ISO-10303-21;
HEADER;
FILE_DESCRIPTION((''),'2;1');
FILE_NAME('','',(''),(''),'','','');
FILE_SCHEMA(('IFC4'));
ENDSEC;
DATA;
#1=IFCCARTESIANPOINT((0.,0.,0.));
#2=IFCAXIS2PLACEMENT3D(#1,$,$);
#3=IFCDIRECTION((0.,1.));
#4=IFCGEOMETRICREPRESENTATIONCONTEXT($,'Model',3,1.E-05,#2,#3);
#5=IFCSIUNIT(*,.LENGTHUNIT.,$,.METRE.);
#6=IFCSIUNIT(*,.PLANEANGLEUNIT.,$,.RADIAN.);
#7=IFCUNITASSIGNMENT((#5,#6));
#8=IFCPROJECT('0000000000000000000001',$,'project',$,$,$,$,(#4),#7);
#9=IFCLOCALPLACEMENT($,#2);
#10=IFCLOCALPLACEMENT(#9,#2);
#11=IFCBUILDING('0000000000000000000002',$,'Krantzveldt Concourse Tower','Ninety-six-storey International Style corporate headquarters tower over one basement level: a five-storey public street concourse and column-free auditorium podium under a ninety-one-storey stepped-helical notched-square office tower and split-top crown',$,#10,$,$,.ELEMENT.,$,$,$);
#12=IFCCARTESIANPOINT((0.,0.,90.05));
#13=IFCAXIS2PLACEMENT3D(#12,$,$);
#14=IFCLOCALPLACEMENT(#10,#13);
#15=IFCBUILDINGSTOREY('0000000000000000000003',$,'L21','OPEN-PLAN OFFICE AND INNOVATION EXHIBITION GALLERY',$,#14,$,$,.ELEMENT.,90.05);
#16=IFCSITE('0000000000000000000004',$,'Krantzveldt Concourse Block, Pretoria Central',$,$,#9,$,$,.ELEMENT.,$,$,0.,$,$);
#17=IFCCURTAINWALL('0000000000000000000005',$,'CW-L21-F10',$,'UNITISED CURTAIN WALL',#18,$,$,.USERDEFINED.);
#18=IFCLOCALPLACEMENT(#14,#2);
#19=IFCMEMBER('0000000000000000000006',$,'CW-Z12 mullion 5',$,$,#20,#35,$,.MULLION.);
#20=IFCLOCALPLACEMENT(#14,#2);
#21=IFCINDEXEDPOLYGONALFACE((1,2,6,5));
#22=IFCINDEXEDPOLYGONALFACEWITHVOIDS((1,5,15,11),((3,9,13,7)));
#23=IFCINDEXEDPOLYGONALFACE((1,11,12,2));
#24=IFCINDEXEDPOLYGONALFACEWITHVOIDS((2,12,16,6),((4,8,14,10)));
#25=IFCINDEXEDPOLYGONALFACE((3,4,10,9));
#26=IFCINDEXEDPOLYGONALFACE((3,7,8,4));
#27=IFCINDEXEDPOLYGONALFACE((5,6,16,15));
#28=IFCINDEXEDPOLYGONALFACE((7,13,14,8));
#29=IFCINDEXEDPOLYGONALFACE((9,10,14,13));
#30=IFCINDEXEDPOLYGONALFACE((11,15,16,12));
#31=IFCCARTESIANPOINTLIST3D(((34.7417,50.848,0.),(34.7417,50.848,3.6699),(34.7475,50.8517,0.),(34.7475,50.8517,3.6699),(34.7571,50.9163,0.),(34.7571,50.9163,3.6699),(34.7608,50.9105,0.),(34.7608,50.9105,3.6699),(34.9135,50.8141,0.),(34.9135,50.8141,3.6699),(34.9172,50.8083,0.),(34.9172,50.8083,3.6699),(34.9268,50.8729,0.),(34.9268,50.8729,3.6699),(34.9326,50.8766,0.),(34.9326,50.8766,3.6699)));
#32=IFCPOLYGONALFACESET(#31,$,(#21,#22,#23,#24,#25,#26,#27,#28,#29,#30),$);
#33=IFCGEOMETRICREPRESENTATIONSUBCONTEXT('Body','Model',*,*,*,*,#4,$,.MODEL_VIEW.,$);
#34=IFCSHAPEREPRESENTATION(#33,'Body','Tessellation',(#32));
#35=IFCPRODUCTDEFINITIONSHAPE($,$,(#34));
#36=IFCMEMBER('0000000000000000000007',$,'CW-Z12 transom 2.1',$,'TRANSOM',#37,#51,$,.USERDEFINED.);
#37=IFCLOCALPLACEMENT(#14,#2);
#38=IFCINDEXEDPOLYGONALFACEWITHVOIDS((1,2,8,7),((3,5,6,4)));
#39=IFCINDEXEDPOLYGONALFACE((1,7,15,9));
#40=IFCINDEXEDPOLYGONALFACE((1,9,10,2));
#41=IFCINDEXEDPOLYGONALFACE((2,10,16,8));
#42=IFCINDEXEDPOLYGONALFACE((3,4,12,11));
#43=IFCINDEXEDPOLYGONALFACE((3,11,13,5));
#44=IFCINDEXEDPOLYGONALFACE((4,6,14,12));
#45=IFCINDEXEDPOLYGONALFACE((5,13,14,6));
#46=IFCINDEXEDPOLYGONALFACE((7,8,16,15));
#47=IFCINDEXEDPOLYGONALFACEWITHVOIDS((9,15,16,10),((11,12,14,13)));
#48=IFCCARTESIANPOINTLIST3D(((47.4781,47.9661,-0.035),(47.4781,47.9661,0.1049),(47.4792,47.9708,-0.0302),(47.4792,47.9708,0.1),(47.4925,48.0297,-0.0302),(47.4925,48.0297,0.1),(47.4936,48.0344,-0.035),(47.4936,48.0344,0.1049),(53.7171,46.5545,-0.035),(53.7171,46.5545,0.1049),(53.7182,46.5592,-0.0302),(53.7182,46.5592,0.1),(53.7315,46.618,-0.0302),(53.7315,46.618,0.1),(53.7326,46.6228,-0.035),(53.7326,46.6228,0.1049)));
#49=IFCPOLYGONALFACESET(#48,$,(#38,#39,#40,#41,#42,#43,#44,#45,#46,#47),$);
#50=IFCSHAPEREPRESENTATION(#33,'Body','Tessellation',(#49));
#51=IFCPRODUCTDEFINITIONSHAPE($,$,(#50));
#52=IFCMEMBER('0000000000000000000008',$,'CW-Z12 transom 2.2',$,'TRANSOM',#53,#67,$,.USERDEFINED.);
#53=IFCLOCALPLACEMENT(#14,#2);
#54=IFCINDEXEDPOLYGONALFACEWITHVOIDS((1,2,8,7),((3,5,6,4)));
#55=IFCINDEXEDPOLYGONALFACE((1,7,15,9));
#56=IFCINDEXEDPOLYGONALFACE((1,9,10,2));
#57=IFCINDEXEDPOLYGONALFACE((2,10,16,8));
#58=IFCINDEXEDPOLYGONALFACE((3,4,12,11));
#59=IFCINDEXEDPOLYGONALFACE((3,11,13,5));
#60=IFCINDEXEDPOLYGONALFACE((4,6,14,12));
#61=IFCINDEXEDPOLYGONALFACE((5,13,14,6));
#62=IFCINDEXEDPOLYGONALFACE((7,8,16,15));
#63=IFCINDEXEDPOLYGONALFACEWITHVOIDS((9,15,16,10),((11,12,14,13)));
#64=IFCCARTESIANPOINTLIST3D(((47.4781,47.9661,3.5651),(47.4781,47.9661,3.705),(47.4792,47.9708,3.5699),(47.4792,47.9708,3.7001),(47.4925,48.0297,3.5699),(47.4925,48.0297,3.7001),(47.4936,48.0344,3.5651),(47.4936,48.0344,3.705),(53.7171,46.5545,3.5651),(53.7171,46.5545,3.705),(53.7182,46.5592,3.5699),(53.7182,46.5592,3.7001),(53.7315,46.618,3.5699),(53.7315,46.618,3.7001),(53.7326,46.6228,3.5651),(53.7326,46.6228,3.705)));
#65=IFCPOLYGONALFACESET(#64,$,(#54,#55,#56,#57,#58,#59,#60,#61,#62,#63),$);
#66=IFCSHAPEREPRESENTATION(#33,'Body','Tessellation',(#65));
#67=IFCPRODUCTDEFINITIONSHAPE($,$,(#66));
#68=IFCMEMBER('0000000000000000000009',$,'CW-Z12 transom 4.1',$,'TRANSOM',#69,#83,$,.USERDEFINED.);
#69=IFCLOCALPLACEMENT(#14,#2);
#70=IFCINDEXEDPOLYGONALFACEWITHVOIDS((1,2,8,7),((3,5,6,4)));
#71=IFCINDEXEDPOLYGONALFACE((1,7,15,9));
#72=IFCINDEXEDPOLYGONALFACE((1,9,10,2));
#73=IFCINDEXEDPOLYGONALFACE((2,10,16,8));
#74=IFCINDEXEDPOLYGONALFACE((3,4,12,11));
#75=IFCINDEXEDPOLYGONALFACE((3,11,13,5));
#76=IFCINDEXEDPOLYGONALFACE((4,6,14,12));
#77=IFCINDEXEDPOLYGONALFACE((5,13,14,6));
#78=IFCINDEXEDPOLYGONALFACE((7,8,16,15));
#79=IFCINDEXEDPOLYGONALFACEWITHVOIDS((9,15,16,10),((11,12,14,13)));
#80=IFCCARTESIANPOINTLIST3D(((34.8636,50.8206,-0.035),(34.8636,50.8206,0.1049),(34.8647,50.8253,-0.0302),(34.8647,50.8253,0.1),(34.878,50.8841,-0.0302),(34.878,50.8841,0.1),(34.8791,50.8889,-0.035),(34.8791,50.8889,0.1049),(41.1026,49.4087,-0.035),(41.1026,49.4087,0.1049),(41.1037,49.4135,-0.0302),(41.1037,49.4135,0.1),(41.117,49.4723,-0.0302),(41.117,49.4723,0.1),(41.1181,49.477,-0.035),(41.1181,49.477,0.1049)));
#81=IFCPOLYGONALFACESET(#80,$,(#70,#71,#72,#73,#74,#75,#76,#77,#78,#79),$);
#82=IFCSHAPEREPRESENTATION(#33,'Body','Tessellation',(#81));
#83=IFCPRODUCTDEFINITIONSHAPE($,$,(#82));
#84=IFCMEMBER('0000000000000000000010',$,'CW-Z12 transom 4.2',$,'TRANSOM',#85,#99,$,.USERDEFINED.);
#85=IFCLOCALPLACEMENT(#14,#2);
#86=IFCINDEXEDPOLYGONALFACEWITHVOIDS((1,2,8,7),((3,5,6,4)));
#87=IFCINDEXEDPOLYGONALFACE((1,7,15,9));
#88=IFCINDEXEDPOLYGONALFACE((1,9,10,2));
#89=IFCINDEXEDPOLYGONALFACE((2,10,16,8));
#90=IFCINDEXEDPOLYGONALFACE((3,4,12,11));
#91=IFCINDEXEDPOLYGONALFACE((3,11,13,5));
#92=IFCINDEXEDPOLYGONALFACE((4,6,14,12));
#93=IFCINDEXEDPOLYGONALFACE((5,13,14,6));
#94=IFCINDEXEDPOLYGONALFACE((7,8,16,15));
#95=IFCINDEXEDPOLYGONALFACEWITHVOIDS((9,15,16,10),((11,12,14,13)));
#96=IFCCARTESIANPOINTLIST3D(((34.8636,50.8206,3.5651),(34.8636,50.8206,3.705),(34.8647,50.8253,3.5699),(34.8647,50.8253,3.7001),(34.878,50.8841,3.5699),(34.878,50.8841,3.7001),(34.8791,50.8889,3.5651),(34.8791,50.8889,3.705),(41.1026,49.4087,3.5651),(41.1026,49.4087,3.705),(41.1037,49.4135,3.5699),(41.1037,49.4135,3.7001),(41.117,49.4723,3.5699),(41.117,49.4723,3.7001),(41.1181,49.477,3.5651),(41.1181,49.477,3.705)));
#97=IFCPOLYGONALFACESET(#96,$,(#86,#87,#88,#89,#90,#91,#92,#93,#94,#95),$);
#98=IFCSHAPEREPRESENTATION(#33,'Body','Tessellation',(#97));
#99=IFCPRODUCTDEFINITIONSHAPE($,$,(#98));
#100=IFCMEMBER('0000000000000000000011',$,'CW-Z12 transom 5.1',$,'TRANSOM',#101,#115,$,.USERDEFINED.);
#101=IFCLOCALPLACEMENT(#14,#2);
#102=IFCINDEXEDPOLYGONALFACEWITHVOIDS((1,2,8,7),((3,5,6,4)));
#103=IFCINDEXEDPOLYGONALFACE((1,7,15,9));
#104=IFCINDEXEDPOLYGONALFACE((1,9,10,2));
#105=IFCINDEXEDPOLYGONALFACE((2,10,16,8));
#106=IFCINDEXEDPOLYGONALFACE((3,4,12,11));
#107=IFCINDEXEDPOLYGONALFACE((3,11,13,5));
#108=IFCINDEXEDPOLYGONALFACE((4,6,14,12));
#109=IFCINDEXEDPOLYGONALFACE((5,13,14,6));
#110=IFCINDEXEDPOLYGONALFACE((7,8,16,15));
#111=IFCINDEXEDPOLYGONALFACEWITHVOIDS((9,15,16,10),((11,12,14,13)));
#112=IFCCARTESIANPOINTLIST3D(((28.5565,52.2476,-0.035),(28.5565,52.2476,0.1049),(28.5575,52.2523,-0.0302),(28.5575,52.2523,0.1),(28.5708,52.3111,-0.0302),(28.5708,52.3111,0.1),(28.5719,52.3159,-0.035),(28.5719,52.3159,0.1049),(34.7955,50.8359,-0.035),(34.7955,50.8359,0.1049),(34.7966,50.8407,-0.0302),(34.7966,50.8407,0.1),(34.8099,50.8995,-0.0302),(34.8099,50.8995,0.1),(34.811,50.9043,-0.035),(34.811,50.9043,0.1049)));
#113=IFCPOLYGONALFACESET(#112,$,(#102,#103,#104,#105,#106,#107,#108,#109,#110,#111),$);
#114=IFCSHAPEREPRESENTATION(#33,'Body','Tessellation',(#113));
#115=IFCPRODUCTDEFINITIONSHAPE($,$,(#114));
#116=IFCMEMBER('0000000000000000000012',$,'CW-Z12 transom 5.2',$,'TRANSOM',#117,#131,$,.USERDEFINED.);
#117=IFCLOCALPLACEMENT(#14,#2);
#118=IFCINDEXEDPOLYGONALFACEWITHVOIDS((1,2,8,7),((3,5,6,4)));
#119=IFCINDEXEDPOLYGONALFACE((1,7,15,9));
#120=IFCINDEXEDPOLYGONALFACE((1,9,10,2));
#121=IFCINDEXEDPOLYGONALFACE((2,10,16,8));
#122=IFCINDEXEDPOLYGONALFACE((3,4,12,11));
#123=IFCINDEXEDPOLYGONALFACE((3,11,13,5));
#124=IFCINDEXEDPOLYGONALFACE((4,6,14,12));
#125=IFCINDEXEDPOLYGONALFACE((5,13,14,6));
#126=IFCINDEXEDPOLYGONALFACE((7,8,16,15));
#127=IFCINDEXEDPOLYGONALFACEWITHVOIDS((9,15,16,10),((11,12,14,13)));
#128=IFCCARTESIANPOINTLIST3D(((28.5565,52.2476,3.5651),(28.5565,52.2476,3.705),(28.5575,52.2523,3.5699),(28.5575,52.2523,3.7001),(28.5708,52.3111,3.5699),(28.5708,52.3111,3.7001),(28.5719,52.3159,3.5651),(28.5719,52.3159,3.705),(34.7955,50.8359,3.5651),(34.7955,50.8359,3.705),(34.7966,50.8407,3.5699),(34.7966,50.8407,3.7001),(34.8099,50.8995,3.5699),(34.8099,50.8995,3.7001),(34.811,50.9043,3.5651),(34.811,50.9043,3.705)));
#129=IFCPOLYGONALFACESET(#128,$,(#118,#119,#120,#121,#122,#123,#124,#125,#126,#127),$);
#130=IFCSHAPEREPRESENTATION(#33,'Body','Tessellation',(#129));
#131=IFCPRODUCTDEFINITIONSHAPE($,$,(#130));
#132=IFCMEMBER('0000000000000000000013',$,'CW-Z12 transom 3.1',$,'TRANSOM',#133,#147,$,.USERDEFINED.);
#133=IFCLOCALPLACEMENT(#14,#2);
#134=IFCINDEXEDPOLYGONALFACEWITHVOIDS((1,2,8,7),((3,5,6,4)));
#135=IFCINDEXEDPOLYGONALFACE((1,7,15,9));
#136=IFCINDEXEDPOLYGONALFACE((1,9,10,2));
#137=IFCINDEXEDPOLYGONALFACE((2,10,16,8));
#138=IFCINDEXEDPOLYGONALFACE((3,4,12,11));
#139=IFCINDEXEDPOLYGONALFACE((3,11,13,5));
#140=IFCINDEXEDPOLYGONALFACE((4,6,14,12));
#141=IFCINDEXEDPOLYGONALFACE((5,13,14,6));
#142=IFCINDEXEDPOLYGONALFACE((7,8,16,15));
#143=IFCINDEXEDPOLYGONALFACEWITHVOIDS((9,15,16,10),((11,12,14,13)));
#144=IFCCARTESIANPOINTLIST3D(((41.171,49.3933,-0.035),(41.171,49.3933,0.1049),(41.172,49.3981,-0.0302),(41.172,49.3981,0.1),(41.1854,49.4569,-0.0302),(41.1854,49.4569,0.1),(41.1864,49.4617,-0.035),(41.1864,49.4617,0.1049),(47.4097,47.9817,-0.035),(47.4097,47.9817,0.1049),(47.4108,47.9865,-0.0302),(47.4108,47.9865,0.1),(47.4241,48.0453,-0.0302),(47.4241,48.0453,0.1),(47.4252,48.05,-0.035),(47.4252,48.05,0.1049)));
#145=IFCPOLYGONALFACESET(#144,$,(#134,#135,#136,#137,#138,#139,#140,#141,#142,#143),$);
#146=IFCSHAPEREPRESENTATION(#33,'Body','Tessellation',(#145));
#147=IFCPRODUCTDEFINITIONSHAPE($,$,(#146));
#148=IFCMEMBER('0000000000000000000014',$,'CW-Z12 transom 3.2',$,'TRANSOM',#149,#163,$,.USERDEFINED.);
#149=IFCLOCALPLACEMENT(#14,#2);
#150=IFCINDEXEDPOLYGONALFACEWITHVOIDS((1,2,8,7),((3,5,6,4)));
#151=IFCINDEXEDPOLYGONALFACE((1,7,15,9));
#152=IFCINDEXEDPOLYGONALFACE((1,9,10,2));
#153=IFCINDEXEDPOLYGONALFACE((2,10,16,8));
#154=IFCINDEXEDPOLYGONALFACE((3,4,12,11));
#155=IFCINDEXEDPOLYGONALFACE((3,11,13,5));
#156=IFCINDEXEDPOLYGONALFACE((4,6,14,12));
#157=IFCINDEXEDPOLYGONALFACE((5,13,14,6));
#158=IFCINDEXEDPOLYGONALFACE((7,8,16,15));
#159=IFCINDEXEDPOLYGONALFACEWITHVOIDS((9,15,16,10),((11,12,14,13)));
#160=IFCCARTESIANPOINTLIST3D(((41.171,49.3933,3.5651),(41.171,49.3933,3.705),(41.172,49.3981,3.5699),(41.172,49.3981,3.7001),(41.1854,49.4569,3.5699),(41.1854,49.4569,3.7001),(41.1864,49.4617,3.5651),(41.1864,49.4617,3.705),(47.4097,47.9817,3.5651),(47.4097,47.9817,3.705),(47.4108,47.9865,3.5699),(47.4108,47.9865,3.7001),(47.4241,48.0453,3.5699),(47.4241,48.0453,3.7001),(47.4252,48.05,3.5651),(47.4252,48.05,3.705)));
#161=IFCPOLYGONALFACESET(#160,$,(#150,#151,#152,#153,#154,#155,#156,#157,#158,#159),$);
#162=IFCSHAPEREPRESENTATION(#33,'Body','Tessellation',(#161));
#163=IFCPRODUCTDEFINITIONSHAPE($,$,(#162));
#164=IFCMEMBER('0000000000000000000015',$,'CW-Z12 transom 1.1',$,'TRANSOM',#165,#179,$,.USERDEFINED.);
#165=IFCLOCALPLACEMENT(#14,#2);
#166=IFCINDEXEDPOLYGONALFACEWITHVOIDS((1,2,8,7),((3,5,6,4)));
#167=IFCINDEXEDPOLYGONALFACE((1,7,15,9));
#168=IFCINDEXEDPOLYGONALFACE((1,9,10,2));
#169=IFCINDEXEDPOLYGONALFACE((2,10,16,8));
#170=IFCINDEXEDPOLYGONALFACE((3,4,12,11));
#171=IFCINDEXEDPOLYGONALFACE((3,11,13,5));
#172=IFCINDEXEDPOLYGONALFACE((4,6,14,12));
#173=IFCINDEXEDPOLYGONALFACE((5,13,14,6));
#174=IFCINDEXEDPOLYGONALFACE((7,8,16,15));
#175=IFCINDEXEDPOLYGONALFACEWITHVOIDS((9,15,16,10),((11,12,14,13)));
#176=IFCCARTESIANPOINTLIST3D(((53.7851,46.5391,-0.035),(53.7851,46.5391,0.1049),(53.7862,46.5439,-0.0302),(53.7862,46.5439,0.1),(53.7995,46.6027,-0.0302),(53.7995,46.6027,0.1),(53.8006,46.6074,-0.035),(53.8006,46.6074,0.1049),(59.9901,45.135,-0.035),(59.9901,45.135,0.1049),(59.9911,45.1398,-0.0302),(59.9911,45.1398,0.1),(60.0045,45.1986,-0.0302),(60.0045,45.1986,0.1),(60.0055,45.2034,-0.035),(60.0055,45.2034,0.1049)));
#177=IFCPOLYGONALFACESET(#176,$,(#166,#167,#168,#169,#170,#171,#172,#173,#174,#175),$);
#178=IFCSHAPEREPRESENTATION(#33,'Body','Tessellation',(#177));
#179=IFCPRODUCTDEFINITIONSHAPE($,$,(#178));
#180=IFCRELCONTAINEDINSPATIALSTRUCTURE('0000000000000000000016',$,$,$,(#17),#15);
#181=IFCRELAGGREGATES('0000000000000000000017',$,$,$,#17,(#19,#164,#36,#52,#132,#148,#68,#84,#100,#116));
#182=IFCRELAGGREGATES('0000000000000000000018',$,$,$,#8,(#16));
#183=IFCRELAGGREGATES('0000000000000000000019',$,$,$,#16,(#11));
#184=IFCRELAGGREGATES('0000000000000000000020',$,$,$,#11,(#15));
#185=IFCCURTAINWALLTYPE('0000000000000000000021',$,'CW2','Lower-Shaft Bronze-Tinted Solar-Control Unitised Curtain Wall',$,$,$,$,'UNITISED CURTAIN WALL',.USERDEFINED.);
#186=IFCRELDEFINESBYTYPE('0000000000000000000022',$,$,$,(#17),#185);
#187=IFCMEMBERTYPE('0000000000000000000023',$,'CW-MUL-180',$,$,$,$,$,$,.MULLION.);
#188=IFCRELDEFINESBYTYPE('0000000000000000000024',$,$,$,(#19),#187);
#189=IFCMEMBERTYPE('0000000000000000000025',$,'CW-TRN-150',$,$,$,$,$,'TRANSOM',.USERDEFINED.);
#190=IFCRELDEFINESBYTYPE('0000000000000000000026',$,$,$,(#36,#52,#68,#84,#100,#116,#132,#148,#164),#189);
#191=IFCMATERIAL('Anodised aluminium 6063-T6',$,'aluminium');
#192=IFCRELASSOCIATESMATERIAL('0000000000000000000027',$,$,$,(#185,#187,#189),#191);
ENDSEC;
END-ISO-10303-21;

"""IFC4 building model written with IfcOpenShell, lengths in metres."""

from ifc_helpers import new_model, si_unit, direction, frame, origin, origin_2d, place, context, subcontext, project, spatial, hollow_rectangle, extrude, source, transform, mapped, material, material_profile, profile_set, type_object, type_shapes, element, aggregate, save


model = new_model("IFC4")

# Units and contexts
model_context = context("Model", 3, precision=1e-05, world=origin(), true_north=direction((0.0, 1.0)))
body_context = subcontext(model_context, "Body", "Model", "MODEL_VIEW")
ifc_project = project(units=[si_unit("LENGTHUNIT", "METRE"), si_unit("PLANEANGLEUNIT", "RADIAN")], contexts=[model_context])

# Site, building, storey
site_placement = place(None, origin())
site = spatial("IfcSite", under=ifc_project, at=site_placement, Name="Krantzveldt Concourse Block, Pretoria Central", CompositionType="ELEMENT", RefElevation=0.0)
building_placement = place(site_placement, origin())
building = spatial("IfcBuilding", under=site, at=building_placement, Name="Krantzveldt Concourse Tower", Description="Ninety-six-storey International Style corporate headquarters tower over one basement level: a five-storey public street concourse and column-free auditorium podium under a ninety-one-storey stepped-helical notched-square office tower and split-top crown", CompositionType="ELEMENT")
storey_placement = place(building_placement, frame((0.0, 0.0, 90.05)))
storey = spatial("IfcBuildingStorey", under=building, at=storey_placement, Name="L21", Description="OPEN-PLAN OFFICE AND INNOVATION EXHIBITION GALLERY", CompositionType="ELEMENT", Elevation=90.05)

# Shared definitions
ifc_material_1 = material(Name="Anodised aluminium 6063-T6", Category="aluminium")
curtain_wall_type = type_object("IfcCurtainWallType", Name="CW2", Description="Lower-Shaft Bronze-Tinted Solar-Control Unitised Curtain Wall", ElementType="UNITISED CURTAIN WALL", PredefinedType="USERDEFINED", material=ifc_material_1)
ifc_material_profile_1 = material_profile(ifc_material_1, hollow_rectangle(XDim=0.0701, YDim=0.1799, WallThickness=0.0049, at=origin_2d()), Name="Anodised aluminium 6063-T6", Category="aluminium")
ifc_profile_set_1 = profile_set([ifc_material_profile_1], Name="Anodised aluminium 6063-T6 - ALU-MULL 180x70x5")
member_type_1 = type_object("IfcMemberType", Name="CW-MUL-180", PredefinedType="MULLION", material=ifc_profile_set_1)
shared_shape_1 = source(origin(), body_context, "Body", "SweptSolid", [
    extrude(hollow_rectangle(XDim=0.0701, YDim=0.1799, WallThickness=0.0049, at=origin_2d()), origin(), (0.0, 0.0, 1.0), 3.6699),
])
type_shapes(member_type_1, [shared_shape_1])

# Curtain wall, members
curtain_wall_1_placement = place(storey_placement, origin())
curtain_wall_1 = element("IfcCurtainWall", 1, at=curtain_wall_1_placement, inside=storey, type_object=curtain_wall_type, Name="CW-L21-F10", ObjectType="UNITISED CURTAIN WALL", PredefinedType="USERDEFINED")
member_1_placement = place(storey_placement, frame((34.8372, 50.8623, 0.0), z_axis=(0.0, 0.0, 1.0), x_axis=(-0.220697, -0.975342, 0.0)))
member_1 = element("IfcMember", 2, at=member_1_placement, type_object=member_type_1, Name="CW-Z12 mullion 5", PredefinedType="MULLION", context=body_context, shape_type="MappedRepresentation", body=[
    mapped(shared_shape_1, transform((0.0, 0.0, 0.0), x_axis=(1.0, 0.0, 0.0), y_axis=(0.0, 1.0, 0.0), z_axis=(0.0, 0.0, 1.0), scale=1.0)),
])
ifc_material_profile_2 = material_profile(ifc_material_1, hollow_rectangle(XDim=0.0701, YDim=0.1399, WallThickness=0.0049, at=origin_2d()), Name="Anodised aluminium 6063-T6", Category="aluminium")
ifc_profile_set_2 = profile_set([ifc_material_profile_2], Name="Anodised aluminium 6063-T6 - ALU-TRAN 140x70x5")
member_type_2 = type_object("IfcMemberType", Name="CW-TRN-150", ElementType="TRANSOM", PredefinedType="USERDEFINED", material=ifc_profile_set_2)
shared_shape_2 = source(origin(), body_context, "Body", "SweptSolid", [
    extrude(hollow_rectangle(XDim=0.0701, YDim=0.1399, WallThickness=0.0049, at=origin_2d()), origin(), (0.0, 0.0, 1.0), 6.3967),
])
member_2_placement = place(storey_placement, frame((53.7249, 46.5886, 0.0349), z_axis=(-0.975346, 0.220679, 0.0), x_axis=(-0.220679, -0.975346, 0.0)))
member_2 = element("IfcMember", 3, at=member_2_placement, type_object=member_type_2, Name="CW-Z12 transom 2.1", ObjectType="TRANSOM", PredefinedType="USERDEFINED", context=body_context, shape_type="MappedRepresentation", body=[
    mapped(shared_shape_2, transform((0.0, 0.0, 0.0), x_axis=(1.0, 0.0, 0.0), y_axis=(0.0, 1.0, 0.0), z_axis=(0.0, 0.0, 1.0), scale=1.0)),
])
member_3_placement = place(storey_placement, frame((53.7249, 46.5886, 3.635), z_axis=(-0.975346, 0.220679, 0.0), x_axis=(-0.220679, -0.975346, 0.0)))
member_3 = element("IfcMember", 4, at=member_3_placement, type_object=member_type_2, Name="CW-Z12 transom 2.2", ObjectType="TRANSOM", PredefinedType="USERDEFINED", context=body_context, shape_type="MappedRepresentation", body=[
    mapped(shared_shape_2, transform((0.0, 0.0, 0.0), x_axis=(1.0, 0.0, 0.0), y_axis=(0.0, 1.0, 0.0), z_axis=(0.0, 0.0, 1.0), scale=1.0)),
])
member_4_placement = place(storey_placement, frame((41.1104, 49.4429, 0.0349), z_axis=(-0.975338, 0.220715, 0.0), x_axis=(-0.220715, -0.975338, 0.0)))
member_4 = element("IfcMember", 5, at=member_4_placement, type_object=member_type_2, Name="CW-Z12 transom 4.1", ObjectType="TRANSOM", PredefinedType="USERDEFINED", context=body_context, shape_type="MappedRepresentation", body=[
    mapped(shared_shape_2, transform((0.0, 0.0, 0.0), x_axis=(1.0, 0.0, 0.0), y_axis=(0.0, 1.0, 0.0), z_axis=(0.0, 0.0, 1.0), scale=1.0)),
])
member_5_placement = place(storey_placement, frame((41.1104, 49.4429, 3.635), z_axis=(-0.975338, 0.220715, 0.0), x_axis=(-0.220715, -0.975338, 0.0)))
member_5 = element("IfcMember", 6, at=member_5_placement, type_object=member_type_2, Name="CW-Z12 transom 4.2", ObjectType="TRANSOM", PredefinedType="USERDEFINED", context=body_context, shape_type="MappedRepresentation", body=[
    mapped(shared_shape_2, transform((0.0, 0.0, 0.0), x_axis=(1.0, 0.0, 0.0), y_axis=(0.0, 1.0, 0.0), z_axis=(0.0, 0.0, 1.0), scale=1.0)),
])
member_6_placement = place(storey_placement, frame((34.8032, 50.8701, 0.0349), z_axis=(-0.975346, 0.220679, 0.0), x_axis=(-0.220679, -0.975346, 0.0)))
member_6 = element("IfcMember", 7, at=member_6_placement, type_object=member_type_2, Name="CW-Z12 transom 5.1", ObjectType="TRANSOM", PredefinedType="USERDEFINED", context=body_context, shape_type="MappedRepresentation", body=[
    mapped(shared_shape_2, transform((0.0, 0.0, 0.0), x_axis=(1.0, 0.0, 0.0), y_axis=(0.0, 1.0, 0.0), z_axis=(0.0, 0.0, 1.0), scale=1.0)),
])
member_7_placement = place(storey_placement, frame((34.8032, 50.8701, 3.635), z_axis=(-0.975346, 0.220679, 0.0), x_axis=(-0.220679, -0.975346, 0.0)))
member_7 = element("IfcMember", 8, at=member_7_placement, type_object=member_type_2, Name="CW-Z12 transom 5.2", ObjectType="TRANSOM", PredefinedType="USERDEFINED", context=body_context, shape_type="MappedRepresentation", body=[
    mapped(shared_shape_2, transform((0.0, 0.0, 0.0), x_axis=(1.0, 0.0, 0.0), y_axis=(0.0, 1.0, 0.0), z_axis=(0.0, 0.0, 1.0), scale=1.0)),
])
shared_shape_3 = source(origin(), body_context, "Body", "SweptSolid", [
    extrude(hollow_rectangle(XDim=0.0701, YDim=0.1399, WallThickness=0.0049, at=origin_2d()), origin(), (0.0, 0.0, 1.0), 6.3965),
])
member_8_placement = place(storey_placement, frame((47.4175, 48.0159, 0.0349), z_axis=(-0.975345, 0.220687, 0.0), x_axis=(-0.220687, -0.975345, 0.0)))
member_8 = element("IfcMember", 9, at=member_8_placement, type_object=member_type_2, Name="CW-Z12 transom 3.1", ObjectType="TRANSOM", PredefinedType="USERDEFINED", context=body_context, shape_type="MappedRepresentation", body=[
    mapped(shared_shape_3, transform((0.0, 0.0, 0.0), x_axis=(1.0, 0.0, 0.0), y_axis=(0.0, 1.0, 0.0), z_axis=(0.0, 0.0, 1.0), scale=1.0)),
])
member_9_placement = place(storey_placement, frame((47.4175, 48.0159, 3.635), z_axis=(-0.975345, 0.220687, 0.0), x_axis=(-0.220687, -0.975345, 0.0)))
member_9 = element("IfcMember", 10, at=member_9_placement, type_object=member_type_2, Name="CW-Z12 transom 3.2", ObjectType="TRANSOM", PredefinedType="USERDEFINED", context=body_context, shape_type="MappedRepresentation", body=[
    mapped(shared_shape_3, transform((0.0, 0.0, 0.0), x_axis=(1.0, 0.0, 0.0), y_axis=(0.0, 1.0, 0.0), z_axis=(0.0, 0.0, 1.0), scale=1.0)),
])
shared_shape_4 = source(origin(), body_context, "Body", "SweptSolid", [
    extrude(hollow_rectangle(XDim=0.0701, YDim=0.1399, WallThickness=0.0049, at=origin_2d()), origin(), (0.0, 0.0, 1.0), 6.3618),
])
type_shapes(member_type_2, [shared_shape_2, shared_shape_3, shared_shape_4])
member_10_placement = place(storey_placement, frame((59.9978, 45.1692, 0.0349), z_axis=(-0.975341, 0.220704, 0.0), x_axis=(-0.220704, -0.975341, 0.0)))
member_10 = element("IfcMember", 11, at=member_10_placement, type_object=member_type_2, Name="CW-Z12 transom 1.1", ObjectType="TRANSOM", PredefinedType="USERDEFINED", context=body_context, shape_type="MappedRepresentation", body=[
    mapped(shared_shape_4, transform((0.0, 0.0, 0.0), x_axis=(1.0, 0.0, 0.0), y_axis=(0.0, 1.0, 0.0), z_axis=(0.0, 0.0, 1.0), scale=1.0)),
])

aggregate(curtain_wall_1, [member_1, member_10, member_2, member_3, member_8, member_9, member_4, member_5, member_6, member_7])

save(model, "model.ifc")
